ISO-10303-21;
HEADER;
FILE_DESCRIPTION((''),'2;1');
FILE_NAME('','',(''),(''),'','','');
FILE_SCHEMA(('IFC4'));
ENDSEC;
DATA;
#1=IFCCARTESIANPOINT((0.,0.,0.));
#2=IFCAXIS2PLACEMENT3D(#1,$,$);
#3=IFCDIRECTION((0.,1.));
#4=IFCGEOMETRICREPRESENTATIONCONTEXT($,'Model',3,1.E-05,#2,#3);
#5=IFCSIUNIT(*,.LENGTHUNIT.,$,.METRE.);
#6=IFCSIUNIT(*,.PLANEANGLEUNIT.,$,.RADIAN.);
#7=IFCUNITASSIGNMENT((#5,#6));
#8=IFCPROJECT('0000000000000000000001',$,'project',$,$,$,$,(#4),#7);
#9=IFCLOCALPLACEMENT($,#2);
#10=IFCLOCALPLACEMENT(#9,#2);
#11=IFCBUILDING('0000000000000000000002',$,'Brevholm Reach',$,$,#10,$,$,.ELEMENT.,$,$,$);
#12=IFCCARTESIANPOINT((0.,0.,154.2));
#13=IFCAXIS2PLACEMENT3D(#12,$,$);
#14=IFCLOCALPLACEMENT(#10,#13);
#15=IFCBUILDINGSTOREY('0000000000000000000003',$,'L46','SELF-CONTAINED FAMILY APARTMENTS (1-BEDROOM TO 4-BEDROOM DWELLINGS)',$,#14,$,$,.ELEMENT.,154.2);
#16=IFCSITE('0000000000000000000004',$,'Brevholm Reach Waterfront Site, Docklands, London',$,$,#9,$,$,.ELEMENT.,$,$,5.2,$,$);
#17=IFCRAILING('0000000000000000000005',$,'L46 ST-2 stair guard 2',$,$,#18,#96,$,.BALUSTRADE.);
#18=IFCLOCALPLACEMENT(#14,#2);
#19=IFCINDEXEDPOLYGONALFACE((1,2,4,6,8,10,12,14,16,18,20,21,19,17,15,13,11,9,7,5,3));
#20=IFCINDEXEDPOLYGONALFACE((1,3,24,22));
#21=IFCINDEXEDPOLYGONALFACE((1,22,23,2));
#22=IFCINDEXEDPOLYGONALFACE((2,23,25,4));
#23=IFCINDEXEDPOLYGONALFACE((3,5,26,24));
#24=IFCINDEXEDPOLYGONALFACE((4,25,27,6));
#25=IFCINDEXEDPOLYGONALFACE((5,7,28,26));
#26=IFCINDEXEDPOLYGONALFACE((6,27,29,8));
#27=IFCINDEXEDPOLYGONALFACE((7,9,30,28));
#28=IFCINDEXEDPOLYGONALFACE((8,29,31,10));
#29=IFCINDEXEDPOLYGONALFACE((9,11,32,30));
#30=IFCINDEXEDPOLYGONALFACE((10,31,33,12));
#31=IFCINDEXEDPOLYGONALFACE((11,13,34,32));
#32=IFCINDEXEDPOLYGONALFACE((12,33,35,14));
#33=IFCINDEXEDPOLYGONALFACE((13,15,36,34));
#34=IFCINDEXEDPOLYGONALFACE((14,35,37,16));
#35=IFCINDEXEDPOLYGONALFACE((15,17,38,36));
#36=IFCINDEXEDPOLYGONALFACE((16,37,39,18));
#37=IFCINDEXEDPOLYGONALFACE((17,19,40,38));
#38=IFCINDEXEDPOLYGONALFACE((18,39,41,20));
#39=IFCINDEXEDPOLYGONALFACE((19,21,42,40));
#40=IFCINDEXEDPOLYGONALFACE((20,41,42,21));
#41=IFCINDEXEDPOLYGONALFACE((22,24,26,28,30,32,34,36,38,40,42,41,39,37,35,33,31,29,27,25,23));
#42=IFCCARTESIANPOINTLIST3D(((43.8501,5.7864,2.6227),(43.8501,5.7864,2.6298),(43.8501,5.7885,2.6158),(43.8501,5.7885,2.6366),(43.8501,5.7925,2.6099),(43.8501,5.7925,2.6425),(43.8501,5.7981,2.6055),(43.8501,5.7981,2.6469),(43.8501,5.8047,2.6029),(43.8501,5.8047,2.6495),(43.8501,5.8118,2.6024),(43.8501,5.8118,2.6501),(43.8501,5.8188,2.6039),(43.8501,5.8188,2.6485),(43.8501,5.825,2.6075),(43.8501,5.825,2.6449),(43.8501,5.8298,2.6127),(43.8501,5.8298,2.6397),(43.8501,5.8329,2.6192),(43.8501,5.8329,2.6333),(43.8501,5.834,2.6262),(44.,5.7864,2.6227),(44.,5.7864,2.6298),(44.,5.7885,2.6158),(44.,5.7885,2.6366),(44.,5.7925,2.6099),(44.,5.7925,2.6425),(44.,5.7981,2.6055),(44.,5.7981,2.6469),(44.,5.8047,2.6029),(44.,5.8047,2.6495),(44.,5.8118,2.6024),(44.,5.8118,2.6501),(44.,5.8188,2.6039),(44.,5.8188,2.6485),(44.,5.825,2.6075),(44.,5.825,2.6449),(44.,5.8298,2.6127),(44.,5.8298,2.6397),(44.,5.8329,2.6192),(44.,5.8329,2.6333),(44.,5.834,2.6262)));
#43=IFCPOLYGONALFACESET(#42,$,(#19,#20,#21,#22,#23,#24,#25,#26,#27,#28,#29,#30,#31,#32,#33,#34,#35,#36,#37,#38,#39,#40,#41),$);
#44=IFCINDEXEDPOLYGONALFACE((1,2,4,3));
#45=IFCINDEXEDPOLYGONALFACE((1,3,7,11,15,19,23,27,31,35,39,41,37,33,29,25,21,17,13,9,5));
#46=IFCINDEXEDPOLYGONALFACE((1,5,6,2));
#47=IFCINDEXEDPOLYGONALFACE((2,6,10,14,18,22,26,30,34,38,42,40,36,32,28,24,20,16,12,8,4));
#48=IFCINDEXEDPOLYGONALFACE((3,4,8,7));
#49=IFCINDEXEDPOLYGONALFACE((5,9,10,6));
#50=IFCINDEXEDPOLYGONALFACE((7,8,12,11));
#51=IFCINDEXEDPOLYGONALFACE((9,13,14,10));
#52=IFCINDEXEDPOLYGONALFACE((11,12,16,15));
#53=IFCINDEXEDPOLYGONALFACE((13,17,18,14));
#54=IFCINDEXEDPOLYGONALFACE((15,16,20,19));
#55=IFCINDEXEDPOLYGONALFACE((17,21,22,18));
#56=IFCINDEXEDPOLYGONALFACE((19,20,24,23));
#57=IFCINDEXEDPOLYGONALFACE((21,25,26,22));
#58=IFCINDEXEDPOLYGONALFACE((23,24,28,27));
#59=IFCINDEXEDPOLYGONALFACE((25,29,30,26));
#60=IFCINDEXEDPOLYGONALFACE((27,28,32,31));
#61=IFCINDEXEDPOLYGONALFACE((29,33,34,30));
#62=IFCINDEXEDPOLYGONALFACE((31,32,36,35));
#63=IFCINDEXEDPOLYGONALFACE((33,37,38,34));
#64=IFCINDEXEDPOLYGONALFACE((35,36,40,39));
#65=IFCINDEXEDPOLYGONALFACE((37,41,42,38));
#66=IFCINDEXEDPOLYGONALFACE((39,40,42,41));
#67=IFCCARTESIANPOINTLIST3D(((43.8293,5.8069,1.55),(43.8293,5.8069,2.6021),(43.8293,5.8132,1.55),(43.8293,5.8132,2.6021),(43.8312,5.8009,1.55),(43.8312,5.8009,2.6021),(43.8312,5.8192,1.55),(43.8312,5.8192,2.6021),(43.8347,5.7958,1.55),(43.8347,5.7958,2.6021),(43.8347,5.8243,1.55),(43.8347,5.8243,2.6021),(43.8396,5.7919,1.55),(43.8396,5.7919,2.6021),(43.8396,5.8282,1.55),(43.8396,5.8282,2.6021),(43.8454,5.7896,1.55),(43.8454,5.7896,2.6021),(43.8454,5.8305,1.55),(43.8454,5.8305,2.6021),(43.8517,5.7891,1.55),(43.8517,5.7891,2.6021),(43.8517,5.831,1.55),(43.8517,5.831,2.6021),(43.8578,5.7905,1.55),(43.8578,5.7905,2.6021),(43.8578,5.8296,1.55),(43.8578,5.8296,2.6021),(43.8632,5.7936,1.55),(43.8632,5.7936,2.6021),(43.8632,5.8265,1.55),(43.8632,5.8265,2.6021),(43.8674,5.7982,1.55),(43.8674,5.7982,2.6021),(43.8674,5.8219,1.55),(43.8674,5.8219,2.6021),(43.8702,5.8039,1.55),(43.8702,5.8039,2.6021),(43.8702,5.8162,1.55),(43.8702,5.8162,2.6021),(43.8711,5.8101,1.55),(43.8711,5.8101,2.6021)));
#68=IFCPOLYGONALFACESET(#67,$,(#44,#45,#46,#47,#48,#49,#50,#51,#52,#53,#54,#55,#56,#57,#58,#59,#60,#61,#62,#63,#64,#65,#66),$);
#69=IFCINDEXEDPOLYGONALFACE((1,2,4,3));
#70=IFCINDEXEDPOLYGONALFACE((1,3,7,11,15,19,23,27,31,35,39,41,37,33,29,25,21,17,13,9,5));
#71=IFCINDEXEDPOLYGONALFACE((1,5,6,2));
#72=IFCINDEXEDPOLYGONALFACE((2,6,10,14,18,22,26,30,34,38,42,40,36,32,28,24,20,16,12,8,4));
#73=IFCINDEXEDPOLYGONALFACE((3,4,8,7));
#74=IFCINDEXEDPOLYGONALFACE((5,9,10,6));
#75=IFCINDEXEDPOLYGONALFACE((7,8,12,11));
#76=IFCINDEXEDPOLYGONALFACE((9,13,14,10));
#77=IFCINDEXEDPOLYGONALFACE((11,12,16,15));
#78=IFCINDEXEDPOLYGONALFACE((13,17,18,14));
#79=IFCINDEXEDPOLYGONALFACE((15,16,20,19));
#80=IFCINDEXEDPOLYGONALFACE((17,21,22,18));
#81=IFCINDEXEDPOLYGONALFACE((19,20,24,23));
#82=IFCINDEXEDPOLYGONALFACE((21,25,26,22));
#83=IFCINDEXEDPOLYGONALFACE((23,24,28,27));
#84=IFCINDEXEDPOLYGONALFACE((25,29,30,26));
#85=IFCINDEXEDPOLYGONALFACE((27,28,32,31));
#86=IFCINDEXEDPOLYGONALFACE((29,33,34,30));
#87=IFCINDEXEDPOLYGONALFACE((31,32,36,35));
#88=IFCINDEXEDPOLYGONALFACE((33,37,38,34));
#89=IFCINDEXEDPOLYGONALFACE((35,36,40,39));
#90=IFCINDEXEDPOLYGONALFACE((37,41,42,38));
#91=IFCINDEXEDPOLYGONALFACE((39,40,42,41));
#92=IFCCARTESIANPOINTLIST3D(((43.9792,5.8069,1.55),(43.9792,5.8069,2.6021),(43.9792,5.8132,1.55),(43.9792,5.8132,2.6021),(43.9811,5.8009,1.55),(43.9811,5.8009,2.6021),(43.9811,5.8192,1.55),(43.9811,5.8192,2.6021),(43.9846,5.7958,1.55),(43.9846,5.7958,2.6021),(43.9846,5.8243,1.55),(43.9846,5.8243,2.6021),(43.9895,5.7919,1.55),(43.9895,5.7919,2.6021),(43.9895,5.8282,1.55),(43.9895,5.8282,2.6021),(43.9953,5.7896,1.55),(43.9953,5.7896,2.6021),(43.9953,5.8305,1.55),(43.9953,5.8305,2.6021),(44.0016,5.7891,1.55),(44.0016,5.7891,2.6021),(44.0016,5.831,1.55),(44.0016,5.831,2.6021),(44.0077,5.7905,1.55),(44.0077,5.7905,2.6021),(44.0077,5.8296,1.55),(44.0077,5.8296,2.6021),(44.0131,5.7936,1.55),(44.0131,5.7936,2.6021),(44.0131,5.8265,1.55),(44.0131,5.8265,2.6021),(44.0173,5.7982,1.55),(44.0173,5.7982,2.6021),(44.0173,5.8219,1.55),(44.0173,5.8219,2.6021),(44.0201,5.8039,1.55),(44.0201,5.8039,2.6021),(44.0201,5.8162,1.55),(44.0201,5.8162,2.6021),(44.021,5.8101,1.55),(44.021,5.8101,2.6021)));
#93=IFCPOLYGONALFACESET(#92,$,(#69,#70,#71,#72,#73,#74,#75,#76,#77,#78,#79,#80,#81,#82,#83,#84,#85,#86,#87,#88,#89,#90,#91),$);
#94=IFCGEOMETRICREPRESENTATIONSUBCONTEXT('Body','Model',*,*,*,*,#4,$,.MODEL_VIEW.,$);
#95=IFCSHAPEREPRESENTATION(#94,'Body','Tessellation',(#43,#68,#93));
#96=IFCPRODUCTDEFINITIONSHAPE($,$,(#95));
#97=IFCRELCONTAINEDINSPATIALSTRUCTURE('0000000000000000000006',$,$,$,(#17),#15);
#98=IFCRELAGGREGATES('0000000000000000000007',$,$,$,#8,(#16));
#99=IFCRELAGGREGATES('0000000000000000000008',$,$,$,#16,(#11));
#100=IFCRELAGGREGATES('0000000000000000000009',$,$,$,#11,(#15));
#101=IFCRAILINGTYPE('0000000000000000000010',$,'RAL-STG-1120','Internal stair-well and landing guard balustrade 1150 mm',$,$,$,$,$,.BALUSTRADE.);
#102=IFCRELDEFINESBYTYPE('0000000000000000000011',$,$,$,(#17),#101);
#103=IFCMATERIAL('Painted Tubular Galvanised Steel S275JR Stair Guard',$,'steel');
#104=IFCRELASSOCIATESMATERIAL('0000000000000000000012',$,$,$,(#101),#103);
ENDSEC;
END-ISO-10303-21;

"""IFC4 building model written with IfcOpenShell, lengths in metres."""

from ifc_helpers import new_model, si_unit, direction, frame, origin, origin_2d, place, context, subcontext, project, spatial, circle, extrude, material, type_object, element, save


model = new_model("IFC4")

# Units and contexts
model_context = context("Model", 3, precision=1e-05, world=origin(), true_north=direction((0.0, 1.0)))
body_context = subcontext(model_context, "Body", "Model", "MODEL_VIEW")
ifc_project = project(units=[si_unit("LENGTHUNIT", "METRE"), si_unit("PLANEANGLEUNIT", "RADIAN")], contexts=[model_context])

# Site, building, storey
site_placement = place(None, origin())
site = spatial("IfcSite", under=ifc_project, at=site_placement, Name="Brevholm Reach Waterfront Site, Docklands, London", CompositionType="ELEMENT", RefElevation=5.2)
building_placement = place(site_placement, origin())
building = spatial("IfcBuilding", under=site, at=building_placement, Name="Brevholm Reach", CompositionType="ELEMENT")
storey_placement = place(building_placement, frame((0.0, 0.0, 154.2)))
storey = spatial("IfcBuildingStorey", under=building, at=storey_placement, Name="L46", Description="SELF-CONTAINED FAMILY APARTMENTS (1-BEDROOM TO 4-BEDROOM DWELLINGS)", CompositionType="ELEMENT", Elevation=154.2)

# Railing
ifc_material_1 = material(Name="Painted Tubular Galvanised Steel S275JR Stair Guard", Category="steel")
railing_type_1 = type_object("IfcRailingType", Name="RAL-STG-1120", Description="Internal stair-well and landing guard balustrade 1150 mm", PredefinedType="BALUSTRADE", material=ifc_material_1)
railing_1_placement = place(storey_placement, frame((43.8501, 5.8101, 1.55)))
element("IfcRailing", 1, at=railing_1_placement, inside=storey, type_object=railing_type_1, Name="L46 ST-2 stair guard 2", PredefinedType="BALUSTRADE", context=body_context, shape_type="SweptSolid", body=[
    extrude(circle(Radius=0.0239, at=origin_2d()), frame((0.0, 0.0, 1.0762), z_axis=(1.0, 0.0, 0.0), x_axis=(0.0, 1.0, 0.0)), (0.0, 0.0, 1.0), 0.1499),
    extrude(circle(Radius=0.021, at=origin_2d()), origin(), (0.0, 0.0, 1.0), 1.052),
    extrude(circle(Radius=0.021, at=origin_2d()), frame((0.1499, 0.0, 0.0)), (0.0, 0.0, 1.0), 1.052),
])

save(model, "model.ifc")
